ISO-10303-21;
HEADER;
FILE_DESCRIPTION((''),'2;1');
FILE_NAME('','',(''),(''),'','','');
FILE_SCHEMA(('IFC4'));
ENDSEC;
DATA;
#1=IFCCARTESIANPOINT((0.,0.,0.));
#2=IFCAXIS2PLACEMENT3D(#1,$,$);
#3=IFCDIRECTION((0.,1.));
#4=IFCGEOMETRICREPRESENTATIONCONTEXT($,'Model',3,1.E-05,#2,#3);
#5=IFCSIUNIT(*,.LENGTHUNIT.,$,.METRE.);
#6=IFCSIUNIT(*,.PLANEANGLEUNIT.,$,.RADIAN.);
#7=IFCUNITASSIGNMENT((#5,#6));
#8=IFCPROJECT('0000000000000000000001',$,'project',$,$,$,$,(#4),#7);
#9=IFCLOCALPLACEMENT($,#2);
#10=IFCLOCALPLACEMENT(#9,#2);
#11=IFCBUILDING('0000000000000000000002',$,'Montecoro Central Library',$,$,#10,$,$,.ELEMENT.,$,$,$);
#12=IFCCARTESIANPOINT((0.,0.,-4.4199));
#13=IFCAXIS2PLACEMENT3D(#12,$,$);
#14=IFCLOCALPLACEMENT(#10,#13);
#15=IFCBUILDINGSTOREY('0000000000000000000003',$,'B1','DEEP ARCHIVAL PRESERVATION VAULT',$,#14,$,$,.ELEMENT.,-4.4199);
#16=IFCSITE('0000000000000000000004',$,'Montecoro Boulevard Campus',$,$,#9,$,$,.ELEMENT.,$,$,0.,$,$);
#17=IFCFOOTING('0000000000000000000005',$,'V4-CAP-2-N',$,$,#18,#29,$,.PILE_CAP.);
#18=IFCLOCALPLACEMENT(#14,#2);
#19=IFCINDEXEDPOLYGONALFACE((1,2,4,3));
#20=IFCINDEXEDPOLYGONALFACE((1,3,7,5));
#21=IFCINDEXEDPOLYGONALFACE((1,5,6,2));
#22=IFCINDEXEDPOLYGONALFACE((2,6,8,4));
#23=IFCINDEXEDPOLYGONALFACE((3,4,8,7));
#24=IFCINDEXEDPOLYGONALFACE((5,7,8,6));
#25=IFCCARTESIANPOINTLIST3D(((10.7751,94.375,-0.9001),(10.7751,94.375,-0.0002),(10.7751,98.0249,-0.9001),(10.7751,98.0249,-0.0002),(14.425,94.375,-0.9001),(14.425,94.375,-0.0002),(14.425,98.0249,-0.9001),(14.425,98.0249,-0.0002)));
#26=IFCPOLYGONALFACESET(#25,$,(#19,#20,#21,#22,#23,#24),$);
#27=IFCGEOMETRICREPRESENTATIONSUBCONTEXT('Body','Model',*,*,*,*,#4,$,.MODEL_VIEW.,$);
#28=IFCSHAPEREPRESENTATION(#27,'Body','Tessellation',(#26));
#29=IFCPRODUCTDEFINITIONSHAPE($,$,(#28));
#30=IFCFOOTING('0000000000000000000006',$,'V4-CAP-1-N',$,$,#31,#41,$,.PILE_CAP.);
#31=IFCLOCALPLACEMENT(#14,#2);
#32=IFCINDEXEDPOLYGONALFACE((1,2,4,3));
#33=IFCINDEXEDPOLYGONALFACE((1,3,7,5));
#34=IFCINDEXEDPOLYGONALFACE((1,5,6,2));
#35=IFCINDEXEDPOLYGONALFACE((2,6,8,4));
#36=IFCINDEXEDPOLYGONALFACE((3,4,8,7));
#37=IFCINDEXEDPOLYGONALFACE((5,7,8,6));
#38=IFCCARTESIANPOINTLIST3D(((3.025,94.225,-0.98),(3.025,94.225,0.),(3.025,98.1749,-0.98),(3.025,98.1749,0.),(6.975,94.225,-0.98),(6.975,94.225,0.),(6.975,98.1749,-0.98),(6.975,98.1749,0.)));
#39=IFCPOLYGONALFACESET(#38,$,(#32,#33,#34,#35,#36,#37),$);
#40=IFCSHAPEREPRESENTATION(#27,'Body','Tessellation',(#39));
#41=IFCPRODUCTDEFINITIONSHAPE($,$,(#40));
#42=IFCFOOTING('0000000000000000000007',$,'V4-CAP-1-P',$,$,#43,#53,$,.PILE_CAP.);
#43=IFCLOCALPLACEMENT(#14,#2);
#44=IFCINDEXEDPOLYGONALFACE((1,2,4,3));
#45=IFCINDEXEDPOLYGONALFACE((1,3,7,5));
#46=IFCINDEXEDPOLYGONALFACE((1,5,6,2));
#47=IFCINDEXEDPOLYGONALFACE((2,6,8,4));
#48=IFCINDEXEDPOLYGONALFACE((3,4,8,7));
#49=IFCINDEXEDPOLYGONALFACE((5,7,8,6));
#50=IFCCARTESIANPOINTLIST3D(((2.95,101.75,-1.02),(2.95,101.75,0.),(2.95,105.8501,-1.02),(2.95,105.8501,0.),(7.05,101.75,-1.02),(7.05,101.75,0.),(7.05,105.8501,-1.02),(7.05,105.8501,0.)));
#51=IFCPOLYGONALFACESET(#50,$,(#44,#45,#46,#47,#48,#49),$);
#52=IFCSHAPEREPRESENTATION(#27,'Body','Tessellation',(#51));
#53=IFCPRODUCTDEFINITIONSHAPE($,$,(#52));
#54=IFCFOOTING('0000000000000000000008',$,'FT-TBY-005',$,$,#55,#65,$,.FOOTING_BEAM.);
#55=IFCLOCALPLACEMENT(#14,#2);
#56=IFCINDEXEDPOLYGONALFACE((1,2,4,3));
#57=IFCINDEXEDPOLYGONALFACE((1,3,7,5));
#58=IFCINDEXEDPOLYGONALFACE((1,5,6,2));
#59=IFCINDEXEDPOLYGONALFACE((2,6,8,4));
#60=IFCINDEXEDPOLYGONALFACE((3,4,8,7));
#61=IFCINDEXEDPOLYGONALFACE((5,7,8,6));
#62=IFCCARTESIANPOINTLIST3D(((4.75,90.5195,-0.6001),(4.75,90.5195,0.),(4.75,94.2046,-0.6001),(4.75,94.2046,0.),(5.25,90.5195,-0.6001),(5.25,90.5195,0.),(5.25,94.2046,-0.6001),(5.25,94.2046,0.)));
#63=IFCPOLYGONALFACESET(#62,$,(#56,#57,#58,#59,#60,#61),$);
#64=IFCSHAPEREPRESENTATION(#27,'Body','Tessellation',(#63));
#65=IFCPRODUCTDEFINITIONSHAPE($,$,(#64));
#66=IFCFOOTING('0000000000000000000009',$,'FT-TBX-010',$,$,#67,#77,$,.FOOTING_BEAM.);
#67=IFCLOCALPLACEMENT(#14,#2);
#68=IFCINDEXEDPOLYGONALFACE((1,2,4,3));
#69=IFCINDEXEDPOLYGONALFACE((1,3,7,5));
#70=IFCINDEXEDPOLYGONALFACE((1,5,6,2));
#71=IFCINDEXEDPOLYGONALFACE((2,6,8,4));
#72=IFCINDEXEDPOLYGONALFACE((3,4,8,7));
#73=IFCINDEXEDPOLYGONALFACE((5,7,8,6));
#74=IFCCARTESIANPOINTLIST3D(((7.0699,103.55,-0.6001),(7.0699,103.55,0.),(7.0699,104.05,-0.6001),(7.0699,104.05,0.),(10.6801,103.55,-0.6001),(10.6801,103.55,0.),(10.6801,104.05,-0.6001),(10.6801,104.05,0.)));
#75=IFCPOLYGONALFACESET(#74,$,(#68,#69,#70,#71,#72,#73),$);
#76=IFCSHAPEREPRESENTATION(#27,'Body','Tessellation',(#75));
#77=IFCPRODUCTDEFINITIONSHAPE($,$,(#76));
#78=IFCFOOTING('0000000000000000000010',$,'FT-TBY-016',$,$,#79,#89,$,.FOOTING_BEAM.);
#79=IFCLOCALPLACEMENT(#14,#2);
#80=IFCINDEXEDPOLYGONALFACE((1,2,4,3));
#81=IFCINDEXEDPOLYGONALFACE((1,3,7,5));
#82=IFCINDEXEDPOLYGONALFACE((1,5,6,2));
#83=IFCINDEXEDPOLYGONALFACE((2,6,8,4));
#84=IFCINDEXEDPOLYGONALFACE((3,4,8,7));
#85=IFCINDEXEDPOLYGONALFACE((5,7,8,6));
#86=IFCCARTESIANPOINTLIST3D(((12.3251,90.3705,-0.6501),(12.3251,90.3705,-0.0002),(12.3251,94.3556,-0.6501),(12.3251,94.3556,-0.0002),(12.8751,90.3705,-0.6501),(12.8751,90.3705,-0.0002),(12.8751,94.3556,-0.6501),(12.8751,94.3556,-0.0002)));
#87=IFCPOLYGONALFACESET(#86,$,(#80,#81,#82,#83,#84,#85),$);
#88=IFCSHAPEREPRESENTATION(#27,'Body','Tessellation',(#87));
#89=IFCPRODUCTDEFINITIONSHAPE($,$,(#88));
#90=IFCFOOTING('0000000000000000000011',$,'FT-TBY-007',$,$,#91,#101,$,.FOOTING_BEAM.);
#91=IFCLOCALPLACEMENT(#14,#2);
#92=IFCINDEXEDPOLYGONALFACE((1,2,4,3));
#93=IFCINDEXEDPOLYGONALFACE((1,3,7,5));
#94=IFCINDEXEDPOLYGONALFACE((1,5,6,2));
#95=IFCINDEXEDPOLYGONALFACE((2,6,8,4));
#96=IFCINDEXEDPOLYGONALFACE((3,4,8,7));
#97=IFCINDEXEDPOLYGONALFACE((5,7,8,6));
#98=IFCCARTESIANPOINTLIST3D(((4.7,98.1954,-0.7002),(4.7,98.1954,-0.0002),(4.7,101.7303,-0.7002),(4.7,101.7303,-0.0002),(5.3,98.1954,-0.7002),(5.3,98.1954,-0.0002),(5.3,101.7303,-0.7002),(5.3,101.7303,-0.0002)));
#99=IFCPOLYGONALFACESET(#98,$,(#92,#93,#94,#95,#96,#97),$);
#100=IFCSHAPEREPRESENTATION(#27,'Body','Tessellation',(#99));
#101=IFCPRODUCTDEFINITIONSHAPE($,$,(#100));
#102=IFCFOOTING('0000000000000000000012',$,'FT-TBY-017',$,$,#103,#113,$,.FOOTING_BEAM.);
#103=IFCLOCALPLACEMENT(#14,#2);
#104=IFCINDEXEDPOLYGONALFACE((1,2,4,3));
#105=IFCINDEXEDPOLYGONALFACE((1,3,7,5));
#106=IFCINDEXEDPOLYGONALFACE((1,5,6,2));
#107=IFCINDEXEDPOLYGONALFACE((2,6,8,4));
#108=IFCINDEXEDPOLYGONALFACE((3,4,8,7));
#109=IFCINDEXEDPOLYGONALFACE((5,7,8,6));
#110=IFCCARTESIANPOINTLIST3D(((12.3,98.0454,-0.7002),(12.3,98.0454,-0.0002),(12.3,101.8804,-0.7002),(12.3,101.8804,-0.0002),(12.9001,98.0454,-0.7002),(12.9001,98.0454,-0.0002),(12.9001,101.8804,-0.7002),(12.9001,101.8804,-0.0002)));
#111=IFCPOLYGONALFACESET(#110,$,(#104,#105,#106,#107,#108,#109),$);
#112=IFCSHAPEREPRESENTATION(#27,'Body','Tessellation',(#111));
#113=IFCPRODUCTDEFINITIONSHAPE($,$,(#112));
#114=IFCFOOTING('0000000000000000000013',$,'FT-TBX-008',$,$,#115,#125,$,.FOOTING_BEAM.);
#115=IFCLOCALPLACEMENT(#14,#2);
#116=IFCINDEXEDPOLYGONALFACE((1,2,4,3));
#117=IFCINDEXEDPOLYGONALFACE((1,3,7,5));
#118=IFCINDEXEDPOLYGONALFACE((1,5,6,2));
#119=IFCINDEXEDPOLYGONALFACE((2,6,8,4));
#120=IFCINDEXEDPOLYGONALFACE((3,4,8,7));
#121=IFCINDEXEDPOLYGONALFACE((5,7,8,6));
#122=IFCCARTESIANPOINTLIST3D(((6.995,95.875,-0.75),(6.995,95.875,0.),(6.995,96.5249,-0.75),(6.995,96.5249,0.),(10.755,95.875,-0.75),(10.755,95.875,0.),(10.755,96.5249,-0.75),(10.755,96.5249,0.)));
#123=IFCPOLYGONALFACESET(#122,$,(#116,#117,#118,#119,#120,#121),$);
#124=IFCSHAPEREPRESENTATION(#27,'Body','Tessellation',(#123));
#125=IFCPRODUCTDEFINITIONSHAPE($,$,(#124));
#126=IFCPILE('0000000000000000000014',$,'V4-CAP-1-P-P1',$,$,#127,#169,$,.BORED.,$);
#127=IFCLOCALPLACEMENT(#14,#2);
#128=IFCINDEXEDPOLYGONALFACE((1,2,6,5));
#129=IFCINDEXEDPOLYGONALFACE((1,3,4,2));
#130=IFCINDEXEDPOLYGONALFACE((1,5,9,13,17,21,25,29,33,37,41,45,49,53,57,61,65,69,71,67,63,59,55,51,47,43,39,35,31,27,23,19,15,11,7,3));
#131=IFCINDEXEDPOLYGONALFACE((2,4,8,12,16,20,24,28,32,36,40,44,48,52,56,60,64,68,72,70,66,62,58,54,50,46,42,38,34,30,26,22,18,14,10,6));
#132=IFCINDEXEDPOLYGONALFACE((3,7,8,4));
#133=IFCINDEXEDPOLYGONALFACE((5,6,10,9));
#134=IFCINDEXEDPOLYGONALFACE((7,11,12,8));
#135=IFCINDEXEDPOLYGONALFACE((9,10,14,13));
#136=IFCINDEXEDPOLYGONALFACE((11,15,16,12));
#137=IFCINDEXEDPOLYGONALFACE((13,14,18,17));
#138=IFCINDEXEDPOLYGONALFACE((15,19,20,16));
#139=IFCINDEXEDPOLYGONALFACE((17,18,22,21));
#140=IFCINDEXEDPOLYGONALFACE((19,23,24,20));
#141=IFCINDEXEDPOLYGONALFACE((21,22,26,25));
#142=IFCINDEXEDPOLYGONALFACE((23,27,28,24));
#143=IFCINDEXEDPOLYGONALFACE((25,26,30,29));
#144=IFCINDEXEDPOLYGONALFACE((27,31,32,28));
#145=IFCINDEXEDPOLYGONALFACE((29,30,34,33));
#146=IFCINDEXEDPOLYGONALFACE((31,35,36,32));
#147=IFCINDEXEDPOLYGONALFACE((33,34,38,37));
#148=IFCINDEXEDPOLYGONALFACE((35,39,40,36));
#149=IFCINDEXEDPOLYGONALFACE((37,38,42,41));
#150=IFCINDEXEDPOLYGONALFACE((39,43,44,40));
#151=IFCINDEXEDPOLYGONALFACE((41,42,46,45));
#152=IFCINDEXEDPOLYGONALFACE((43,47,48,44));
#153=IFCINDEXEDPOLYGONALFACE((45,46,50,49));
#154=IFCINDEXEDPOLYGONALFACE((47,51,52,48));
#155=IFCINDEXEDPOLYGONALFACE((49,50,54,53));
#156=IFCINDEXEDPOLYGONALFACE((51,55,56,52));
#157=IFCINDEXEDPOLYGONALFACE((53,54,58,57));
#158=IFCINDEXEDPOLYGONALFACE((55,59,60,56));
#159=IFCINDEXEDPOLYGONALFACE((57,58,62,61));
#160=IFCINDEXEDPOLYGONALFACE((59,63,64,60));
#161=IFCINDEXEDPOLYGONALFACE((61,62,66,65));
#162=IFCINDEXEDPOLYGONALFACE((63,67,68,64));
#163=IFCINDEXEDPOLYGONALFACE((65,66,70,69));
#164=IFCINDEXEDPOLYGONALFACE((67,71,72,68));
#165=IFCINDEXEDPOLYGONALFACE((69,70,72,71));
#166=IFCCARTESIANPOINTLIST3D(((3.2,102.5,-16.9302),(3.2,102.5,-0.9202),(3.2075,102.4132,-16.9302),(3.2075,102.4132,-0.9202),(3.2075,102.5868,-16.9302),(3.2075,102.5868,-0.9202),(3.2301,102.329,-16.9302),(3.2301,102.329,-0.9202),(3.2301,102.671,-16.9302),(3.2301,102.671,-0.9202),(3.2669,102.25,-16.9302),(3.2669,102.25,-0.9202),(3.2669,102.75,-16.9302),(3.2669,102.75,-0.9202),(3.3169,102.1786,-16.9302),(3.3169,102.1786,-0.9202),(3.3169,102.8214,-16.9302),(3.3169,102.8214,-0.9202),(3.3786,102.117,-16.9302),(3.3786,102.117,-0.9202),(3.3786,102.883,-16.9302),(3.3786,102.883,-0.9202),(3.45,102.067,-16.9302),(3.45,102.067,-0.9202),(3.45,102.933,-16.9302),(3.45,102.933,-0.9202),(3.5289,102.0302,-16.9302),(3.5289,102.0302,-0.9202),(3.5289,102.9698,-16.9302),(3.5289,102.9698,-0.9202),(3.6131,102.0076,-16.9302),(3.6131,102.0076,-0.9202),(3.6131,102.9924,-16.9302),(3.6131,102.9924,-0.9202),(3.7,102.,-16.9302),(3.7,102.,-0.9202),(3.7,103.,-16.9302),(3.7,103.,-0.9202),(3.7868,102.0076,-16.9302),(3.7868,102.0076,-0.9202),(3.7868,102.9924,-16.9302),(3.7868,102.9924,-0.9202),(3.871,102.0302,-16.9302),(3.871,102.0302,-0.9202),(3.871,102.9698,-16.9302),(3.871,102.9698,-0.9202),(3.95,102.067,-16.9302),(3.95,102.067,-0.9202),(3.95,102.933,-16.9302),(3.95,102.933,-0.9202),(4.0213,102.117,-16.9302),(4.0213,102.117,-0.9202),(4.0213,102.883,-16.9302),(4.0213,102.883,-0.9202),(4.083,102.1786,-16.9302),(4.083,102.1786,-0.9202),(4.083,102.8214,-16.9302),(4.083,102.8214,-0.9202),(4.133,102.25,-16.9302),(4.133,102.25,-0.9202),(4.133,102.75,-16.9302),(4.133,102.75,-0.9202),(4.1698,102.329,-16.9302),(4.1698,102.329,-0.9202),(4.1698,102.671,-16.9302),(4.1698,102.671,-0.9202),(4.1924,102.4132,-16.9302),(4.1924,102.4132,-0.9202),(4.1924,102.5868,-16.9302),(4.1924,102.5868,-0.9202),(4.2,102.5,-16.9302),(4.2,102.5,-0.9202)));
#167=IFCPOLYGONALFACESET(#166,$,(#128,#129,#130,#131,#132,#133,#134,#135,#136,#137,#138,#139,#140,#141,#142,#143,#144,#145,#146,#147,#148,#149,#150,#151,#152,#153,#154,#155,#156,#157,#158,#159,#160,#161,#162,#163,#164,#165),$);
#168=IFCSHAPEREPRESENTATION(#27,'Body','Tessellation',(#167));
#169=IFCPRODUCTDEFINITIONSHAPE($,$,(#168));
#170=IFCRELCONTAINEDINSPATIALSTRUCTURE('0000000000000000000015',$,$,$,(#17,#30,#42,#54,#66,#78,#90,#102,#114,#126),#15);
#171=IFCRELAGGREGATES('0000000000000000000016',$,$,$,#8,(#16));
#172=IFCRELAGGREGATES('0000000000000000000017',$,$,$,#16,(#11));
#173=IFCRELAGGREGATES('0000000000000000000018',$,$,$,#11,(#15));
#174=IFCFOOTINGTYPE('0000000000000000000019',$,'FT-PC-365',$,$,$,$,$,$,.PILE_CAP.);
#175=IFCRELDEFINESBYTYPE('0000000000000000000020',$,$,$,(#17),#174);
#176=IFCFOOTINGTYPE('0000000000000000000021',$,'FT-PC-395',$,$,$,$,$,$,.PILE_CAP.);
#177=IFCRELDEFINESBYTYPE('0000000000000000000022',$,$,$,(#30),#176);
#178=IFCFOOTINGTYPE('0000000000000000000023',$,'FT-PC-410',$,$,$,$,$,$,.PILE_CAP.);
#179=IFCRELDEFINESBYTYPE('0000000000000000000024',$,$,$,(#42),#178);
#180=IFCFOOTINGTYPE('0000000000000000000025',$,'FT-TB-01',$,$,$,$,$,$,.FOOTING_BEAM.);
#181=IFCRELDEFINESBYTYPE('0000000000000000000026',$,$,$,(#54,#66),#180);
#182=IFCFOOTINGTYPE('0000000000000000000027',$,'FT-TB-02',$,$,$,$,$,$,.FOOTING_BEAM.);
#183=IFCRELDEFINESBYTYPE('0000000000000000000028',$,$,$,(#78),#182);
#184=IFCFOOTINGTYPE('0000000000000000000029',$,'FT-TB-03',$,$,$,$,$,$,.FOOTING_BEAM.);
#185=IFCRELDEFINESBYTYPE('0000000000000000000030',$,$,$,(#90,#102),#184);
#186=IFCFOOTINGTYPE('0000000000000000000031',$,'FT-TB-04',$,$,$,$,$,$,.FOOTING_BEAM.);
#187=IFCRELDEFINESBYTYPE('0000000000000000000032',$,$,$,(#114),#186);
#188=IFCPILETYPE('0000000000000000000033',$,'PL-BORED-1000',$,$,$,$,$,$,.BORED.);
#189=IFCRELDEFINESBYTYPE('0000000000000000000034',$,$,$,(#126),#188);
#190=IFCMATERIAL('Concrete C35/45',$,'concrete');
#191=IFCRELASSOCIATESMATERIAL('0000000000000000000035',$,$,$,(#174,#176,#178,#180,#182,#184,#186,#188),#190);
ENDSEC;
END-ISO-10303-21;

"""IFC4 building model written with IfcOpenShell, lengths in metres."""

from ifc_helpers import new_model, si_unit, direction, frame, origin, origin_2d, place, context, subcontext, project, spatial, rectangle, circle, extrude, material, material_profile, profile_set, type_object, element, save


model = new_model("IFC4")

# Units and contexts
model_context = context("Model", 3, precision=1e-05, world=origin(), true_north=direction((0.0, 1.0)))
body_context = subcontext(model_context, "Body", "Model", "MODEL_VIEW")
ifc_project = project(units=[si_unit("LENGTHUNIT", "METRE"), si_unit("PLANEANGLEUNIT", "RADIAN")], contexts=[model_context])

# Site, building, storey
site_placement = place(None, origin())
site = spatial("IfcSite", under=ifc_project, at=site_placement, Name="Montecoro Boulevard Campus", CompositionType="ELEMENT", RefElevation=0.0)
building_placement = place(site_placement, origin())
building = spatial("IfcBuilding", under=site, at=building_placement, Name="Montecoro Central Library", CompositionType="ELEMENT")
storey_placement = place(building_placement, frame((0.0, 0.0, -4.4199)))
storey = spatial("IfcBuildingStorey", under=building, at=storey_placement, Name="B1", Description="DEEP ARCHIVAL PRESERVATION VAULT", CompositionType="ELEMENT", Elevation=-4.4199)

# Footings
ifc_material_1 = material(Name="Concrete C35/45", Category="concrete")
footing_type_1 = type_object("IfcFootingType", Name="FT-PC-365", PredefinedType="PILE_CAP", material=ifc_material_1)
footing_1_placement = place(storey_placement, frame((12.6001, 96.2, -0.9001), z_axis=(0.0, 0.0, 1.0), x_axis=(1.0, 0.0, 0.0)))
element("IfcFooting", 1, at=footing_1_placement, inside=storey, type_object=footing_type_1, Name="V4-CAP-2-N", PredefinedType="PILE_CAP", context=body_context, shape_type="SweptSolid", body=[
    extrude(rectangle(XDim=3.6499, YDim=3.6499, at=origin_2d()), origin(), (0.0, 0.0, 1.0), 0.8999),
])
footing_type_2 = type_object("IfcFootingType", Name="FT-PC-395", PredefinedType="PILE_CAP", material=ifc_material_1)
footing_2_placement = place(storey_placement, frame((5.0, 96.2, -0.98), z_axis=(0.0, 0.0, 1.0), x_axis=(1.0, 0.0, 0.0)))
element("IfcFooting", 2, at=footing_2_placement, inside=storey, type_object=footing_type_2, Name="V4-CAP-1-N", PredefinedType="PILE_CAP", context=body_context, shape_type="SweptSolid", body=[
    extrude(rectangle(XDim=3.95, YDim=3.95, at=origin_2d()), origin(), (0.0, 0.0, 1.0), 0.98),
])
footing_type_3 = type_object("IfcFootingType", Name="FT-PC-410", PredefinedType="PILE_CAP", material=ifc_material_1)
footing_3_placement = place(storey_placement, frame((5.0, 103.8, -1.02), z_axis=(0.0, 0.0, 1.0), x_axis=(1.0, 0.0, 0.0)))
element("IfcFooting", 3, at=footing_3_placement, inside=storey, type_object=footing_type_3, Name="V4-CAP-1-P", PredefinedType="PILE_CAP", context=body_context, shape_type="SweptSolid", body=[
    extrude(rectangle(XDim=4.1001, YDim=4.1001, at=origin_2d()), origin(), (0.0, 0.0, 1.0), 1.02),
])
footing_type_4 = type_object("IfcFootingType", Name="FT-TB-01", PredefinedType="FOOTING_BEAM", material=ifc_material_1)
footing_4_placement = place(storey_placement, frame((5.0, 92.3621, -0.6001), z_axis=(0.0, 0.0, 1.0), x_axis=(1.0, 0.0, 0.0)))
element("IfcFooting", 4, at=footing_4_placement, inside=storey, type_object=footing_type_4, Name="FT-TBY-005", PredefinedType="FOOTING_BEAM", context=body_context, shape_type="SweptSolid", body=[
    extrude(rectangle(XDim=0.5, YDim=3.6851, at=origin_2d()), origin(), (0.0, 0.0, 1.0), 0.6001),
])
footing_5_placement = place(storey_placement, frame((8.875, 103.8, -0.6001), z_axis=(0.0, 0.0, 1.0), x_axis=(1.0, 0.0, 0.0)))
element("IfcFooting", 5, at=footing_5_placement, inside=storey, type_object=footing_type_4, Name="FT-TBX-010", PredefinedType="FOOTING_BEAM", context=body_context, shape_type="SweptSolid", body=[
    extrude(rectangle(XDim=3.6101, YDim=0.5, at=origin_2d()), origin(), (0.0, 0.0, 1.0), 0.6001),
])
footing_type_5 = type_object("IfcFootingType", Name="FT-TB-02", PredefinedType="FOOTING_BEAM", material=ifc_material_1)
footing_6_placement = place(storey_placement, frame((12.6001, 92.363, -0.6501), z_axis=(0.0, 0.0, 1.0), x_axis=(1.0, 0.0, 0.0)))
element("IfcFooting", 6, at=footing_6_placement, inside=storey, type_object=footing_type_5, Name="FT-TBY-016", PredefinedType="FOOTING_BEAM", context=body_context, shape_type="SweptSolid", body=[
    extrude(rectangle(XDim=0.55, YDim=3.9851, at=origin_2d()), origin(), (0.0, 0.0, 1.0), 0.6499),
])
footing_type_6 = type_object("IfcFootingType", Name="FT-TB-03", PredefinedType="FOOTING_BEAM", material=ifc_material_1)
footing_7_placement = place(storey_placement, frame((5.0, 99.9629, -0.7002), z_axis=(0.0, 0.0, 1.0), x_axis=(1.0, 0.0, 0.0)))
element("IfcFooting", 7, at=footing_7_placement, inside=storey, type_object=footing_type_6, Name="FT-TBY-007", PredefinedType="FOOTING_BEAM", context=body_context, shape_type="SweptSolid", body=[
    extrude(rectangle(XDim=0.6001, YDim=3.5349, at=origin_2d()), origin(), (0.0, 0.0, 1.0), 0.7),
])
footing_8_placement = place(storey_placement, frame((12.6001, 99.9629, -0.7002), z_axis=(0.0, 0.0, 1.0), x_axis=(1.0, 0.0, 0.0)))
element("IfcFooting", 8, at=footing_8_placement, inside=storey, type_object=footing_type_6, Name="FT-TBY-017", PredefinedType="FOOTING_BEAM", context=body_context, shape_type="SweptSolid", body=[
    extrude(rectangle(XDim=0.6001, YDim=3.835, at=origin_2d()), origin(), (0.0, 0.0, 1.0), 0.7),
])
footing_type_7 = type_object("IfcFootingType", Name="FT-TB-04", PredefinedType="FOOTING_BEAM", material=ifc_material_1)
footing_9_placement = place(storey_placement, frame((8.875, 96.2, -0.75), z_axis=(0.0, 0.0, 1.0), x_axis=(1.0, 0.0, 0.0)))
element("IfcFooting", 9, at=footing_9_placement, inside=storey, type_object=footing_type_7, Name="FT-TBX-008", PredefinedType="FOOTING_BEAM", context=body_context, shape_type="SweptSolid", body=[
    extrude(rectangle(XDim=3.76, YDim=0.6499, at=origin_2d()), origin(), (0.0, 0.0, 1.0), 0.75),
])

# Pile
ifc_material_profile_1 = material_profile(ifc_material_1, circle(Radius=0.5, at=origin_2d()), Name="PILE D1000")
ifc_profile_set_1 = profile_set([ifc_material_profile_1], Name="Concrete C35/45")
pile_type_1 = type_object("IfcPileType", Name="PL-BORED-1000", PredefinedType="BORED", material=ifc_profile_set_1)
for number, where, z_axis, x_axis, name in (
    (10, (3.7, 102.5, -0.9202), (0.0, 0.0, -1.0), (1.0, 0.0, 0.0), "V4-CAP-1-P-P1"),
):
    element("IfcPile", number, at=place(storey_placement, frame(where, z_axis=z_axis, x_axis=x_axis)), inside=storey, type_object=pile_type_1, Name=name, PredefinedType="BORED", context=body_context, shape_type="SweptSolid", body=[
        extrude(circle(Radius=0.5, at=origin_2d()), origin(), (0.0, 0.0, 1.0), 16.01),
    ])

save(model, "model.ifc")
